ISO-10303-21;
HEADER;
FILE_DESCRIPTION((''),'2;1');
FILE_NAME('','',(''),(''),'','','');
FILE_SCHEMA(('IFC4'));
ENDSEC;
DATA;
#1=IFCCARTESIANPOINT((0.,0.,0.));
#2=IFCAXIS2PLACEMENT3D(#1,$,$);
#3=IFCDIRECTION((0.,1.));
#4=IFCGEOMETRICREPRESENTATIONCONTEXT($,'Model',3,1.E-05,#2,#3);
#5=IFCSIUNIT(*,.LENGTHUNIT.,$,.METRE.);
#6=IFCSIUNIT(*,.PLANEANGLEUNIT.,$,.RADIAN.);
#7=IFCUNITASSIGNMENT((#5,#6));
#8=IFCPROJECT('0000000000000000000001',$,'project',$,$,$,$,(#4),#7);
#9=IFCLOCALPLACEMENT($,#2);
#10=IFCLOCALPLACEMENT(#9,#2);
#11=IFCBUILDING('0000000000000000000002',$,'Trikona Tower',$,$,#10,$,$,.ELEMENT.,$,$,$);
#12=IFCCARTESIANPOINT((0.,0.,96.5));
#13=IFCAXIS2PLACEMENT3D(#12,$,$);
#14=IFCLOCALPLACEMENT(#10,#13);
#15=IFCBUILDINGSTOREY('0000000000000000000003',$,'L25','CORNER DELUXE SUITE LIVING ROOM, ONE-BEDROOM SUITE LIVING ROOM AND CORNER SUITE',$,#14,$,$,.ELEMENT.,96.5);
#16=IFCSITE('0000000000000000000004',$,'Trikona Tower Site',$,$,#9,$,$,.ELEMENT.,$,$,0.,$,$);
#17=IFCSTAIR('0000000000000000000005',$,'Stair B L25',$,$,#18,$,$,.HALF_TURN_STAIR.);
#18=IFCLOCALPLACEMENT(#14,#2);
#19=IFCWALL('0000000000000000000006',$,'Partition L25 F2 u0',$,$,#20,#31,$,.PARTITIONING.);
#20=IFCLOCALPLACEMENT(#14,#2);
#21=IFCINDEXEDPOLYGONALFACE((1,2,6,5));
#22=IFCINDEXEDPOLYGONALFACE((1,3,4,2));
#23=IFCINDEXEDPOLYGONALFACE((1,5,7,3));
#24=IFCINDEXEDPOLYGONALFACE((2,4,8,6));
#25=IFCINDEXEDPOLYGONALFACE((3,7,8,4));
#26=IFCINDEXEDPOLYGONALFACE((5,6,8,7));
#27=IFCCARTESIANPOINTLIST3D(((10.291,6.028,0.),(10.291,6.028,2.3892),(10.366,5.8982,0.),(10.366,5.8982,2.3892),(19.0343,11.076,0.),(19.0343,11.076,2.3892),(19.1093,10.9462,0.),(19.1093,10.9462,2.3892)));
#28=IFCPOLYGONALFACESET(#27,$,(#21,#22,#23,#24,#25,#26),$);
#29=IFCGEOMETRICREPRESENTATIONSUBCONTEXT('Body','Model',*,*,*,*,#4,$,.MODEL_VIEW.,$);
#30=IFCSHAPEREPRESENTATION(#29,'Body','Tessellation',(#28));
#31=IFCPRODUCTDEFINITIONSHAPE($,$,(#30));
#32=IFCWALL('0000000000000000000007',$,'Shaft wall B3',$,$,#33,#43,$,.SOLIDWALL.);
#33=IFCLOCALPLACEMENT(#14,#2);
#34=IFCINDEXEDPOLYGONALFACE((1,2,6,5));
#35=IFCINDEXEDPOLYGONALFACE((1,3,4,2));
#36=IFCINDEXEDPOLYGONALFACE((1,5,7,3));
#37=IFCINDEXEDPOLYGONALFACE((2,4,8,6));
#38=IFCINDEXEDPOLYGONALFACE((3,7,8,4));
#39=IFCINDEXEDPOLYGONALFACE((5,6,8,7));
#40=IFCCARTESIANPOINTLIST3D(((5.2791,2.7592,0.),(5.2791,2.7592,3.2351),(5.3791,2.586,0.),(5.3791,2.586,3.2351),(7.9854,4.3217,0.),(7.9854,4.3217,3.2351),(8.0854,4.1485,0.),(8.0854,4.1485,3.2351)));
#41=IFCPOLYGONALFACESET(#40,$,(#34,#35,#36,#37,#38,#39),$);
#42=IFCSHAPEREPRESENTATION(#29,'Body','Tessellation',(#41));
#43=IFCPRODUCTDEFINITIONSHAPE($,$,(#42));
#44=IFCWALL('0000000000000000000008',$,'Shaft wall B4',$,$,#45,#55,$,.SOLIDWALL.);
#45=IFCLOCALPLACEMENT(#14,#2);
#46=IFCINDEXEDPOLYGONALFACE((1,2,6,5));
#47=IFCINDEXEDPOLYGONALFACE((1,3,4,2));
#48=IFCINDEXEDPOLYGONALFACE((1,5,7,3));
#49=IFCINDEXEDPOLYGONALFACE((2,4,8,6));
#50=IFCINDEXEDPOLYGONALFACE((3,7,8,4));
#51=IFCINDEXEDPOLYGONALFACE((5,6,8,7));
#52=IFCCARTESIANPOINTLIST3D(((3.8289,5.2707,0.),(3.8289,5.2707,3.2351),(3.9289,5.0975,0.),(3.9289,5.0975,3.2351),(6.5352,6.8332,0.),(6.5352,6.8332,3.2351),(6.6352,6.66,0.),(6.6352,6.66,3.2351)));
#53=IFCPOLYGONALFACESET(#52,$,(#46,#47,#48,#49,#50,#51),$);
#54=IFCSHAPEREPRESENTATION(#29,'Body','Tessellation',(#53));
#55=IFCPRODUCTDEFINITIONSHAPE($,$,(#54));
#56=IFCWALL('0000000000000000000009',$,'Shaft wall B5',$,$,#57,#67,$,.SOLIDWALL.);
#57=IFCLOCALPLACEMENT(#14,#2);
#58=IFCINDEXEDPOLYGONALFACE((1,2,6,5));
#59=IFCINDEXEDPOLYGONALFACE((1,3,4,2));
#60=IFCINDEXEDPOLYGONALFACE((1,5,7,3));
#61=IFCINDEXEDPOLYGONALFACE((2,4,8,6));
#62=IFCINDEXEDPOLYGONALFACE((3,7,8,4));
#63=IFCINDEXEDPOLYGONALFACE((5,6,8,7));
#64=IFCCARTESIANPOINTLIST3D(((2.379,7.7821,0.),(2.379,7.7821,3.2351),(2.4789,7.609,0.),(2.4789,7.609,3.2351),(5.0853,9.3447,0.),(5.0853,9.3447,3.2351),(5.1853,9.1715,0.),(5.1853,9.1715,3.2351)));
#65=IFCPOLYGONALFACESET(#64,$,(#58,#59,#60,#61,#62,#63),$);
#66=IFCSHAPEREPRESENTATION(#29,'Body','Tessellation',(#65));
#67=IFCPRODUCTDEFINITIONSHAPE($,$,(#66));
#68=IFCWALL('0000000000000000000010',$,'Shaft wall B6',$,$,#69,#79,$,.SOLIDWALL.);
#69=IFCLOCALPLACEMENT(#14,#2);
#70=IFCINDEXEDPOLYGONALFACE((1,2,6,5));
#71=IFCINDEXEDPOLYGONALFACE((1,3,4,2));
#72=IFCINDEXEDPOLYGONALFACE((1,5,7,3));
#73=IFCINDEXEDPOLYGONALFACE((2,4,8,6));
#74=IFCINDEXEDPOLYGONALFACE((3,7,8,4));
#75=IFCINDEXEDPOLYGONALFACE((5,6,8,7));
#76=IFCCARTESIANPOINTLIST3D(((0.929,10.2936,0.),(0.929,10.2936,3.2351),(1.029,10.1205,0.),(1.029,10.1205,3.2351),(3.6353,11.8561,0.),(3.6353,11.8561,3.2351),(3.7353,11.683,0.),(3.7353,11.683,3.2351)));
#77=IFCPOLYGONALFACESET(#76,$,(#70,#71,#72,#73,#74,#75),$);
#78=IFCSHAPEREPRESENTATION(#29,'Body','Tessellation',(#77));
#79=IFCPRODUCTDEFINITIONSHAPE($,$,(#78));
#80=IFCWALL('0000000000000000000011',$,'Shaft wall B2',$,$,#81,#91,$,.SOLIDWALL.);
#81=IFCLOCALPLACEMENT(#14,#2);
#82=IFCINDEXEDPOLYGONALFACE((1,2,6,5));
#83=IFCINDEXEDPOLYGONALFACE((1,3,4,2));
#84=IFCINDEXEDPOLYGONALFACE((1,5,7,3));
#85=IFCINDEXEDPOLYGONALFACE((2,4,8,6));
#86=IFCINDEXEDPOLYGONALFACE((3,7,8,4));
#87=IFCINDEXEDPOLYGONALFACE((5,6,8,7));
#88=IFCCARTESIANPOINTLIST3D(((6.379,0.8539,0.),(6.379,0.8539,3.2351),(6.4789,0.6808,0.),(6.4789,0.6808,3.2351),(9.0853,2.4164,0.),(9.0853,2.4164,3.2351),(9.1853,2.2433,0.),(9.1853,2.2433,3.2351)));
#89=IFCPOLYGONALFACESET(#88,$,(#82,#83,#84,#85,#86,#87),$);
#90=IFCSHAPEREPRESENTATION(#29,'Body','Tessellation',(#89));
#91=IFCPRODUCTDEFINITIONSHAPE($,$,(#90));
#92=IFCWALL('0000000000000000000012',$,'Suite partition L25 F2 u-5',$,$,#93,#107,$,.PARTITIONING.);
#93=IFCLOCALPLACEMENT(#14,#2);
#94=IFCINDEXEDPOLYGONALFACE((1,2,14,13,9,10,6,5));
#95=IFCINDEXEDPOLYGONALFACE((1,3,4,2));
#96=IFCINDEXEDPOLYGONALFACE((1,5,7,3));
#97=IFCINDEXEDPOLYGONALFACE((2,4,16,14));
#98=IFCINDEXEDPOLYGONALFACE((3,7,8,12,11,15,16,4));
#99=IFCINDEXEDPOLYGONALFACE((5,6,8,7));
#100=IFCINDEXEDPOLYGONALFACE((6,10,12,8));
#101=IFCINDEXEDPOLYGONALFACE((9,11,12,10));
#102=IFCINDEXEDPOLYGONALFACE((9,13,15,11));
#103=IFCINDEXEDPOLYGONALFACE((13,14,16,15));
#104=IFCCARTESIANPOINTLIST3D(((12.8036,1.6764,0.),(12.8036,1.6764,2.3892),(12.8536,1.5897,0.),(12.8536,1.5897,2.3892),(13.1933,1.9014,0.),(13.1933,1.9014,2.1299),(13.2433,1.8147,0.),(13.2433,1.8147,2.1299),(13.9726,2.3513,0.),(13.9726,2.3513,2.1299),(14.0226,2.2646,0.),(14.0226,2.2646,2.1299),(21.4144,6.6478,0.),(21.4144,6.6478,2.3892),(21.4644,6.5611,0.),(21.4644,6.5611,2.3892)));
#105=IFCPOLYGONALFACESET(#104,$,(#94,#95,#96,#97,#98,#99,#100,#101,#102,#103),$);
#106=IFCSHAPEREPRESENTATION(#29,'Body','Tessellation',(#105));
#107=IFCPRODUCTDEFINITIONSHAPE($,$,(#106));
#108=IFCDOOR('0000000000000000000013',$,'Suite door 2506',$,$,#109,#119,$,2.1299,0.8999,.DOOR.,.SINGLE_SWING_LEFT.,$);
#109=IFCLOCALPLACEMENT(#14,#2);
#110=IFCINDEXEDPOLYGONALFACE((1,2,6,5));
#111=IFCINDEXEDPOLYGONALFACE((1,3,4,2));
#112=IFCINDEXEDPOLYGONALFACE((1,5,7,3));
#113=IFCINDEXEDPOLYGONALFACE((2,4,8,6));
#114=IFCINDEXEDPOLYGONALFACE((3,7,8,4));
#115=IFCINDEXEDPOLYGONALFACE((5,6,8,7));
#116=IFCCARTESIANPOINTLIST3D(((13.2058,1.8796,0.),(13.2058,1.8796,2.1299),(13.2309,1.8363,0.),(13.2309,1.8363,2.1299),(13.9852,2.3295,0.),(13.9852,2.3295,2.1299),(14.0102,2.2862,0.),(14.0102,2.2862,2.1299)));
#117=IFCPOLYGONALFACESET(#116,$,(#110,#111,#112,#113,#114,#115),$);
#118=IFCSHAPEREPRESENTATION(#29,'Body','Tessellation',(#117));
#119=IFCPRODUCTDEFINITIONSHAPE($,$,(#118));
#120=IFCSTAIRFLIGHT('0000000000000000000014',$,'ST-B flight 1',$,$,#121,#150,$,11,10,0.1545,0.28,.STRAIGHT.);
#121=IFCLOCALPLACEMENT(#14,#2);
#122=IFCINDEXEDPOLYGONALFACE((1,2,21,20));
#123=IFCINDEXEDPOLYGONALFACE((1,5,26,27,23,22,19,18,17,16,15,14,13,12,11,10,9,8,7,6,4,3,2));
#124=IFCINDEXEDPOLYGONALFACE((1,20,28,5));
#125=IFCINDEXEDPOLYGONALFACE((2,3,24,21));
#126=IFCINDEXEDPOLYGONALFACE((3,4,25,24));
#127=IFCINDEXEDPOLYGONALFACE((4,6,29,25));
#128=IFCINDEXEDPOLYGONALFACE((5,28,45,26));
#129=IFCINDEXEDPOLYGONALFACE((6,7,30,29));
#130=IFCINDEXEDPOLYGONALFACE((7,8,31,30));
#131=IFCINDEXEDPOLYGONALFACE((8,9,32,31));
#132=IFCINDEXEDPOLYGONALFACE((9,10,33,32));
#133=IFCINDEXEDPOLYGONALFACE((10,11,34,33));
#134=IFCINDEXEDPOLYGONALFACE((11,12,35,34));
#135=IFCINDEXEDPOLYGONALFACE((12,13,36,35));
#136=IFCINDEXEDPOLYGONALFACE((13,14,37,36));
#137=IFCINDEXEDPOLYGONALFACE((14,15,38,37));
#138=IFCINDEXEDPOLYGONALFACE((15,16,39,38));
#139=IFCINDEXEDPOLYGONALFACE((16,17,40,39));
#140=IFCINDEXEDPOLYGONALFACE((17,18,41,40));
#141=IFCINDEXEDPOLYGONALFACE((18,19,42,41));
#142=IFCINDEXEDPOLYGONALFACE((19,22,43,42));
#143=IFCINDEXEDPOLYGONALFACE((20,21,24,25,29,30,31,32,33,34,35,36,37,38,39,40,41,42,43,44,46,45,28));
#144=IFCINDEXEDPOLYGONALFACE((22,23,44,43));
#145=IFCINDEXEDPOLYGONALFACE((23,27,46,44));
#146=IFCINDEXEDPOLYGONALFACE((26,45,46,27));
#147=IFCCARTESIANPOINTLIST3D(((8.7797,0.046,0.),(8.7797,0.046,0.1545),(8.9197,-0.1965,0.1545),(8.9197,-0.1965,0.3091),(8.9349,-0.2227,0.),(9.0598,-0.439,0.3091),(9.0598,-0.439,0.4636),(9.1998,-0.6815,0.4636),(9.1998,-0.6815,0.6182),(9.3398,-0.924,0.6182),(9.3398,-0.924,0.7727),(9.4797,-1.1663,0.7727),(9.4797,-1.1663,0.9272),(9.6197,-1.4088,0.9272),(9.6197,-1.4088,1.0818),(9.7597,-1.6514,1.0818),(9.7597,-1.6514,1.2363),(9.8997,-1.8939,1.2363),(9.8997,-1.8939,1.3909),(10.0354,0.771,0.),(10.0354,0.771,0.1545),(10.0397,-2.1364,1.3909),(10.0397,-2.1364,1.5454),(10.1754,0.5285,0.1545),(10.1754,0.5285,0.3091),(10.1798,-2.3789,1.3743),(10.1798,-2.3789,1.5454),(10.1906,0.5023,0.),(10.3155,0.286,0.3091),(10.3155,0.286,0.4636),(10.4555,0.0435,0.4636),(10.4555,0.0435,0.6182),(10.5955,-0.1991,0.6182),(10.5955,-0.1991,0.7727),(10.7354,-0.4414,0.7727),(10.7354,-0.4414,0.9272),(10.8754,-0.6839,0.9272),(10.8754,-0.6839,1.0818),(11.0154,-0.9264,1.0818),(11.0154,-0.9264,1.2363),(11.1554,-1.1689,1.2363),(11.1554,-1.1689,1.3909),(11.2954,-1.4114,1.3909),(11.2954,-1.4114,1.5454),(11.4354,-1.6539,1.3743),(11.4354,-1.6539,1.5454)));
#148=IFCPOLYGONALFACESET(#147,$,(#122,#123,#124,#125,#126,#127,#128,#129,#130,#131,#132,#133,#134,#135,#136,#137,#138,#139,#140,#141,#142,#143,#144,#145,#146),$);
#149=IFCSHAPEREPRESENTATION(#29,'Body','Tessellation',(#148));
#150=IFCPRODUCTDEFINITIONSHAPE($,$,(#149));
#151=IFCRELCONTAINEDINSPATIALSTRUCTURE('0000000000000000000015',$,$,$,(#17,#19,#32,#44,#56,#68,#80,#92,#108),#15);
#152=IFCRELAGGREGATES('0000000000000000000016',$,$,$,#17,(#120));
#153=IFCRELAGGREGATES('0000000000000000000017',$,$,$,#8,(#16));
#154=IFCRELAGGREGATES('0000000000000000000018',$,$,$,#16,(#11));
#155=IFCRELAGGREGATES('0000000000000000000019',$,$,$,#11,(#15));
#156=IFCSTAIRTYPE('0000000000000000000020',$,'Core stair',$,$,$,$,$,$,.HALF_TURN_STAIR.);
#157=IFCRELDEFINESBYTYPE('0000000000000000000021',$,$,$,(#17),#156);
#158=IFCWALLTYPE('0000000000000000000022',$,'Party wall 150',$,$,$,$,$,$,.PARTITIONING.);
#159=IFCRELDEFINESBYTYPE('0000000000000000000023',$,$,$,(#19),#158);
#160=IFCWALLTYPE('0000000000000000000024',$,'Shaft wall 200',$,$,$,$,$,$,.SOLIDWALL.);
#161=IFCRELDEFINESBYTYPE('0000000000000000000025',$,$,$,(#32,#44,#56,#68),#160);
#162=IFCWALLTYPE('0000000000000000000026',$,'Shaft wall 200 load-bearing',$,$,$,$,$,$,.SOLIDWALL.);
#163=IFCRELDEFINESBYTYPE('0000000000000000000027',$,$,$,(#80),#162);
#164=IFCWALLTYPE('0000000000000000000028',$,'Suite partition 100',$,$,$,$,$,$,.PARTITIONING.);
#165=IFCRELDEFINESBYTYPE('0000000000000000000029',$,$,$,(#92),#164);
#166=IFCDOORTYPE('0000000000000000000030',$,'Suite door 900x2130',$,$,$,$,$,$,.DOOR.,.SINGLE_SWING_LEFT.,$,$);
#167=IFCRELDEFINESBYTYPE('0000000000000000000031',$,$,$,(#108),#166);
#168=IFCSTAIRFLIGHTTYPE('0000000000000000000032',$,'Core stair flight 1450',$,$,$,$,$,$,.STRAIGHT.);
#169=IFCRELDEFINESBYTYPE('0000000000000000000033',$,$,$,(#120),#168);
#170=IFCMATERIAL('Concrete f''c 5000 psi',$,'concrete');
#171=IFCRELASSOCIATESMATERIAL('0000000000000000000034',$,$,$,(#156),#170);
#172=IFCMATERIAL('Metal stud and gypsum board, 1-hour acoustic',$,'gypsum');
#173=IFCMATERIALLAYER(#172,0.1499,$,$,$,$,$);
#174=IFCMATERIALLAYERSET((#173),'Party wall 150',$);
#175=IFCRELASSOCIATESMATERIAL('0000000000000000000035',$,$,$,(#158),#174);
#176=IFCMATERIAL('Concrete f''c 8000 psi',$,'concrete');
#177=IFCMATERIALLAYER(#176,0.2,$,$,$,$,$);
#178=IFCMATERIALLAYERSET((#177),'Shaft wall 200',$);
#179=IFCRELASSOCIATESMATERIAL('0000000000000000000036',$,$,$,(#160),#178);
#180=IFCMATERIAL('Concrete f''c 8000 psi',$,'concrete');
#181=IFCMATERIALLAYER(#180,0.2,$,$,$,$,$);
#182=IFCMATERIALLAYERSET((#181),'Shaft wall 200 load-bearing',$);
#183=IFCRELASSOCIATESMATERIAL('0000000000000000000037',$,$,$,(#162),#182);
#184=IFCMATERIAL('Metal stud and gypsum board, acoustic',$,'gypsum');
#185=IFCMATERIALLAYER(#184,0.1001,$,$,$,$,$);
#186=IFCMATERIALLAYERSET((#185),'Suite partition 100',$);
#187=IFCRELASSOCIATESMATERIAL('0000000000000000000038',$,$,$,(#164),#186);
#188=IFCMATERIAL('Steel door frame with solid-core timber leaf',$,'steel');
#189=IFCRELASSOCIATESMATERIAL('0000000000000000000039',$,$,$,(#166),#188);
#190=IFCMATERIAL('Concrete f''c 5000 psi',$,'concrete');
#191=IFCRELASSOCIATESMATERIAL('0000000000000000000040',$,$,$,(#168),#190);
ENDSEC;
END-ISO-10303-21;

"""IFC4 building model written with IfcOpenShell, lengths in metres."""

from ifc_helpers import new_model, si_unit, direction, frame, frame_2d, origin, place, context, subcontext, project, spatial, polyline, rectangle, outline, extrude, material, layer, layer_set, type_object, element, fill, aggregate, save


model = new_model("IFC4")

# Units and contexts
model_context = context("Model", 3, precision=1e-05, world=origin(), true_north=direction((0.0, 1.0)))
body_context = subcontext(model_context, "Body", "Model", "MODEL_VIEW")
ifc_project = project(units=[si_unit("LENGTHUNIT", "METRE"), si_unit("PLANEANGLEUNIT", "RADIAN")], contexts=[model_context])

# Site, building, storey
site_placement = place(None, origin())
site = spatial("IfcSite", under=ifc_project, at=site_placement, Name="Trikona Tower Site", CompositionType="ELEMENT", RefElevation=0.0)
building_placement = place(site_placement, origin())
building = spatial("IfcBuilding", under=site, at=building_placement, Name="Trikona Tower", CompositionType="ELEMENT")
storey_placement = place(building_placement, frame((0.0, 0.0, 96.5)))
storey = spatial("IfcBuildingStorey", under=building, at=storey_placement, Name="L25", Description="CORNER DELUXE SUITE LIVING ROOM, ONE-BEDROOM SUITE LIVING ROOM AND CORNER SUITE", CompositionType="ELEMENT", Elevation=96.5)

# Stair
ifc_material_1 = material(Name="Concrete f'c 5000 psi", Category="concrete")
stair_type = type_object("IfcStairType", Name="Core stair", PredefinedType="HALF_TURN_STAIR", material=ifc_material_1)
stair_1_placement = place(storey_placement, origin())
stair_1 = element("IfcStair", 1, at=stair_1_placement, inside=storey, type_object=stair_type, Name="Stair B L25", PredefinedType="HALF_TURN_STAIR")

# Walls
ifc_material_2 = material(Name="Metal stud and gypsum board, 1-hour acoustic", Category="gypsum")
ifc_layer_1 = layer(ifc_material_2, 0.1499)
ifc_layer_set_1 = layer_set([ifc_layer_1], Name="Party wall 150")
wall_type_1 = type_object("IfcWallType", Name="Party wall 150", PredefinedType="PARTITIONING", material=ifc_layer_set_1)
wall_1_placement = place(storey_placement, frame((10.3286, 5.9631, 0.0), z_axis=(0.0, 0.0, 1.0), x_axis=(0.866022, 0.500006, 0.0)))
element("IfcWall", 2, at=wall_1_placement, inside=storey, type_object=wall_type_1, Name="Partition L25 F2 u0", PredefinedType="PARTITIONING", context=body_context, shape_type="SweptSolid", body=[
    extrude(rectangle(XDim=10.0959, YDim=0.1499, at=frame_2d((5.0479, 0.0))), origin(), (0.0, 0.0, 1.0), 2.3892),
])
ifc_material_3 = material(Name="Concrete f'c 8000 psi", Category="concrete")
ifc_layer_2 = layer(ifc_material_3, 0.2)
ifc_layer_set_2 = layer_set([ifc_layer_2], Name="Shaft wall 200")
wall_type_2 = type_object("IfcWallType", Name="Shaft wall 200", PredefinedType="SOLIDWALL", material=ifc_layer_set_2)
for number, where, z_axis, x_axis, name in (
    (3, (5.3291, 2.6726, 0.0), (0.0, 0.0, 1.0), (0.866023, 0.500004, 0.0), "Shaft wall B3"),
    (4, (3.8789, 5.1841, 0.0), (0.0, 0.0, 1.0), (0.866023, 0.500004, 0.0), "Shaft wall B4"),
    (5, (2.429, 7.6956, 0.0), (0.0, 0.0, 1.0), (0.866023, 0.500004, 0.0), "Shaft wall B5"),
    (6, (0.979, 10.207, 0.0), (0.0, 0.0, 1.0), (0.866023, 0.500004, 0.0), "Shaft wall B6"),
):
    element("IfcWall", number, at=place(storey_placement, frame(where, z_axis=z_axis, x_axis=x_axis)), inside=storey, type_object=wall_type_2, Name=name, PredefinedType="SOLIDWALL", context=body_context, shape_type="SweptSolid", body=[
        extrude(rectangle(XDim=3.125, YDim=0.2, at=frame_2d((1.5625, 0.0))), origin(), (0.0, 0.0, 1.0), 3.2351),
    ])
ifc_material_4 = material(Name="Concrete f'c 8000 psi", Category="concrete")
ifc_layer_3 = layer(ifc_material_4, 0.2)
ifc_layer_set_3 = layer_set([ifc_layer_3], Name="Shaft wall 200 load-bearing")
wall_type_3 = type_object("IfcWallType", Name="Shaft wall 200 load-bearing", PredefinedType="SOLIDWALL", material=ifc_layer_set_3)
wall_2_placement = place(storey_placement, frame((6.429, 0.7673, 0.0), z_axis=(0.0, 0.0, 1.0), x_axis=(0.866023, 0.500004, 0.0)))
element("IfcWall", 7, at=wall_2_placement, inside=storey, type_object=wall_type_3, Name="Shaft wall B2", PredefinedType="SOLIDWALL", context=body_context, shape_type="SweptSolid", body=[
    extrude(rectangle(XDim=3.125, YDim=0.2, at=frame_2d((1.5625, 0.0))), origin(), (0.0, 0.0, 1.0), 3.2351),
])

# Wall, opening, door
ifc_material_5 = material(Name="Metal stud and gypsum board, acoustic", Category="gypsum")
ifc_layer_4 = layer(ifc_material_5, 0.1001)
ifc_layer_set_4 = layer_set([ifc_layer_4], Name="Suite partition 100")
wall_type_4 = type_object("IfcWallType", Name="Suite partition 100", PredefinedType="PARTITIONING", material=ifc_layer_set_4)
wall_3_placement = place(storey_placement, frame((12.8286, 1.6331, 0.0), z_axis=(0.0, 0.0, 1.0), x_axis=(0.866027, 0.499997, 0.0)))
wall_3 = element("IfcWall", 8, at=wall_3_placement, inside=storey, type_object=wall_type_4, Name="Suite partition L25 F2 u-5", PredefinedType="PARTITIONING", context=body_context, shape_type="SweptSolid", body=[
    extrude(rectangle(XDim=9.9429, YDim=0.1001, at=frame_2d((4.9714, 0.0))), origin(), (0.0, 0.0, 1.0), 2.3892),
])
opening_1_placement = place(wall_3_placement, frame((0.45, 0.0, 0.0)))
opening_1 = element("IfcOpeningElement", 9, at=opening_1_placement, cuts=wall_3, PredefinedType="OPENING", context=body_context, shape_type="SweptSolid", body=[
    extrude(rectangle(XDim=0.8999, YDim=2.1299, at=frame_2d((0.45, 1.0649))), frame((0.0, 0.0601, 0.0), z_axis=(0.0, -1.0, 0.0), x_axis=(1.0, 0.0, 0.0)), (0.0, 0.0, 1.0), 0.1201),
])
ifc_material_6 = material(Name="Steel door frame with solid-core timber leaf", Category="steel")
door_type_1 = type_object("IfcDoorType", Name="Suite door 900x2130", OperationType="SINGLE_SWING_LEFT", PredefinedType="DOOR", material=ifc_material_6)
door_1_placement = place(opening_1_placement, origin())
door_1 = element("IfcDoor", 10, at=door_1_placement, inside=storey, type_object=door_type_1, Name="Suite door 2506", OperationType="SINGLE_SWING_LEFT", OverallHeight=2.1299, OverallWidth=0.8999, PredefinedType="DOOR", context=body_context, shape_type="SweptSolid", body=[
    extrude(rectangle(XDim=0.8999, YDim=2.1299, at=frame_2d((0.45, 1.0649))), frame((0.0, 0.0249, 0.0), z_axis=(0.0, -1.0, 0.0), x_axis=(1.0, 0.0, 0.0)), (0.0, 0.0, 1.0), 0.05),
])
fill(opening_1, door_1)

# Stair flight
ifc_material_7 = material(Name="Concrete f'c 5000 psi", Category="concrete")
stair_flight_type = type_object("IfcStairFlightType", Name="Core stair flight 1450", PredefinedType="STRAIGHT", material=ifc_material_7)
stair_flight_placement = place(storey_placement, frame((9.4075, 0.4084, 0.0), z_axis=(0.0, 0.0, 1.0), x_axis=(0.5, -0.866025, 0.0)))
stair_flight = element("IfcStairFlight", 11, at=stair_flight_placement, type_object=stair_flight_type, Name="ST-B flight 1", NumberOfRisers=11, NumberOfTreads=10, PredefinedType="STRAIGHT", RiserHeight=0.1545, TreadLength=0.28, context=body_context, shape_type="SweptSolid", body=[
    extrude(outline(polyline([(0.0, 0.0), (0.0, 0.1545), (0.28, 0.1545), (0.28, 0.3091), (0.5601, 0.3091), (0.5601, 0.4636), (0.8401, 0.4636), (0.8401, 0.6182), (1.1201, 0.6182), (1.1201, 0.7727), (1.3999, 0.7727), (1.3999, 0.9272), (1.6799, 0.9272), (1.6799, 1.0818), (1.96, 1.0818), (1.96, 1.2363), (2.24, 1.2363), (2.24, 1.3909), (2.52, 1.3909), (2.52, 1.5454), (2.8, 1.5454), (2.8, 1.7), (2.8, 1.3743), (0.3103, 0.0), (0.0, 0.0)])), frame((0.0, 0.7251, 0.0), z_axis=(0.0, -1.0, 0.0), x_axis=(1.0, 0.0, 0.0)), (0.0, 0.0, 1.0), 1.45),
])
aggregate(stair_1, [stair_flight])

save(model, "model.ifc")
